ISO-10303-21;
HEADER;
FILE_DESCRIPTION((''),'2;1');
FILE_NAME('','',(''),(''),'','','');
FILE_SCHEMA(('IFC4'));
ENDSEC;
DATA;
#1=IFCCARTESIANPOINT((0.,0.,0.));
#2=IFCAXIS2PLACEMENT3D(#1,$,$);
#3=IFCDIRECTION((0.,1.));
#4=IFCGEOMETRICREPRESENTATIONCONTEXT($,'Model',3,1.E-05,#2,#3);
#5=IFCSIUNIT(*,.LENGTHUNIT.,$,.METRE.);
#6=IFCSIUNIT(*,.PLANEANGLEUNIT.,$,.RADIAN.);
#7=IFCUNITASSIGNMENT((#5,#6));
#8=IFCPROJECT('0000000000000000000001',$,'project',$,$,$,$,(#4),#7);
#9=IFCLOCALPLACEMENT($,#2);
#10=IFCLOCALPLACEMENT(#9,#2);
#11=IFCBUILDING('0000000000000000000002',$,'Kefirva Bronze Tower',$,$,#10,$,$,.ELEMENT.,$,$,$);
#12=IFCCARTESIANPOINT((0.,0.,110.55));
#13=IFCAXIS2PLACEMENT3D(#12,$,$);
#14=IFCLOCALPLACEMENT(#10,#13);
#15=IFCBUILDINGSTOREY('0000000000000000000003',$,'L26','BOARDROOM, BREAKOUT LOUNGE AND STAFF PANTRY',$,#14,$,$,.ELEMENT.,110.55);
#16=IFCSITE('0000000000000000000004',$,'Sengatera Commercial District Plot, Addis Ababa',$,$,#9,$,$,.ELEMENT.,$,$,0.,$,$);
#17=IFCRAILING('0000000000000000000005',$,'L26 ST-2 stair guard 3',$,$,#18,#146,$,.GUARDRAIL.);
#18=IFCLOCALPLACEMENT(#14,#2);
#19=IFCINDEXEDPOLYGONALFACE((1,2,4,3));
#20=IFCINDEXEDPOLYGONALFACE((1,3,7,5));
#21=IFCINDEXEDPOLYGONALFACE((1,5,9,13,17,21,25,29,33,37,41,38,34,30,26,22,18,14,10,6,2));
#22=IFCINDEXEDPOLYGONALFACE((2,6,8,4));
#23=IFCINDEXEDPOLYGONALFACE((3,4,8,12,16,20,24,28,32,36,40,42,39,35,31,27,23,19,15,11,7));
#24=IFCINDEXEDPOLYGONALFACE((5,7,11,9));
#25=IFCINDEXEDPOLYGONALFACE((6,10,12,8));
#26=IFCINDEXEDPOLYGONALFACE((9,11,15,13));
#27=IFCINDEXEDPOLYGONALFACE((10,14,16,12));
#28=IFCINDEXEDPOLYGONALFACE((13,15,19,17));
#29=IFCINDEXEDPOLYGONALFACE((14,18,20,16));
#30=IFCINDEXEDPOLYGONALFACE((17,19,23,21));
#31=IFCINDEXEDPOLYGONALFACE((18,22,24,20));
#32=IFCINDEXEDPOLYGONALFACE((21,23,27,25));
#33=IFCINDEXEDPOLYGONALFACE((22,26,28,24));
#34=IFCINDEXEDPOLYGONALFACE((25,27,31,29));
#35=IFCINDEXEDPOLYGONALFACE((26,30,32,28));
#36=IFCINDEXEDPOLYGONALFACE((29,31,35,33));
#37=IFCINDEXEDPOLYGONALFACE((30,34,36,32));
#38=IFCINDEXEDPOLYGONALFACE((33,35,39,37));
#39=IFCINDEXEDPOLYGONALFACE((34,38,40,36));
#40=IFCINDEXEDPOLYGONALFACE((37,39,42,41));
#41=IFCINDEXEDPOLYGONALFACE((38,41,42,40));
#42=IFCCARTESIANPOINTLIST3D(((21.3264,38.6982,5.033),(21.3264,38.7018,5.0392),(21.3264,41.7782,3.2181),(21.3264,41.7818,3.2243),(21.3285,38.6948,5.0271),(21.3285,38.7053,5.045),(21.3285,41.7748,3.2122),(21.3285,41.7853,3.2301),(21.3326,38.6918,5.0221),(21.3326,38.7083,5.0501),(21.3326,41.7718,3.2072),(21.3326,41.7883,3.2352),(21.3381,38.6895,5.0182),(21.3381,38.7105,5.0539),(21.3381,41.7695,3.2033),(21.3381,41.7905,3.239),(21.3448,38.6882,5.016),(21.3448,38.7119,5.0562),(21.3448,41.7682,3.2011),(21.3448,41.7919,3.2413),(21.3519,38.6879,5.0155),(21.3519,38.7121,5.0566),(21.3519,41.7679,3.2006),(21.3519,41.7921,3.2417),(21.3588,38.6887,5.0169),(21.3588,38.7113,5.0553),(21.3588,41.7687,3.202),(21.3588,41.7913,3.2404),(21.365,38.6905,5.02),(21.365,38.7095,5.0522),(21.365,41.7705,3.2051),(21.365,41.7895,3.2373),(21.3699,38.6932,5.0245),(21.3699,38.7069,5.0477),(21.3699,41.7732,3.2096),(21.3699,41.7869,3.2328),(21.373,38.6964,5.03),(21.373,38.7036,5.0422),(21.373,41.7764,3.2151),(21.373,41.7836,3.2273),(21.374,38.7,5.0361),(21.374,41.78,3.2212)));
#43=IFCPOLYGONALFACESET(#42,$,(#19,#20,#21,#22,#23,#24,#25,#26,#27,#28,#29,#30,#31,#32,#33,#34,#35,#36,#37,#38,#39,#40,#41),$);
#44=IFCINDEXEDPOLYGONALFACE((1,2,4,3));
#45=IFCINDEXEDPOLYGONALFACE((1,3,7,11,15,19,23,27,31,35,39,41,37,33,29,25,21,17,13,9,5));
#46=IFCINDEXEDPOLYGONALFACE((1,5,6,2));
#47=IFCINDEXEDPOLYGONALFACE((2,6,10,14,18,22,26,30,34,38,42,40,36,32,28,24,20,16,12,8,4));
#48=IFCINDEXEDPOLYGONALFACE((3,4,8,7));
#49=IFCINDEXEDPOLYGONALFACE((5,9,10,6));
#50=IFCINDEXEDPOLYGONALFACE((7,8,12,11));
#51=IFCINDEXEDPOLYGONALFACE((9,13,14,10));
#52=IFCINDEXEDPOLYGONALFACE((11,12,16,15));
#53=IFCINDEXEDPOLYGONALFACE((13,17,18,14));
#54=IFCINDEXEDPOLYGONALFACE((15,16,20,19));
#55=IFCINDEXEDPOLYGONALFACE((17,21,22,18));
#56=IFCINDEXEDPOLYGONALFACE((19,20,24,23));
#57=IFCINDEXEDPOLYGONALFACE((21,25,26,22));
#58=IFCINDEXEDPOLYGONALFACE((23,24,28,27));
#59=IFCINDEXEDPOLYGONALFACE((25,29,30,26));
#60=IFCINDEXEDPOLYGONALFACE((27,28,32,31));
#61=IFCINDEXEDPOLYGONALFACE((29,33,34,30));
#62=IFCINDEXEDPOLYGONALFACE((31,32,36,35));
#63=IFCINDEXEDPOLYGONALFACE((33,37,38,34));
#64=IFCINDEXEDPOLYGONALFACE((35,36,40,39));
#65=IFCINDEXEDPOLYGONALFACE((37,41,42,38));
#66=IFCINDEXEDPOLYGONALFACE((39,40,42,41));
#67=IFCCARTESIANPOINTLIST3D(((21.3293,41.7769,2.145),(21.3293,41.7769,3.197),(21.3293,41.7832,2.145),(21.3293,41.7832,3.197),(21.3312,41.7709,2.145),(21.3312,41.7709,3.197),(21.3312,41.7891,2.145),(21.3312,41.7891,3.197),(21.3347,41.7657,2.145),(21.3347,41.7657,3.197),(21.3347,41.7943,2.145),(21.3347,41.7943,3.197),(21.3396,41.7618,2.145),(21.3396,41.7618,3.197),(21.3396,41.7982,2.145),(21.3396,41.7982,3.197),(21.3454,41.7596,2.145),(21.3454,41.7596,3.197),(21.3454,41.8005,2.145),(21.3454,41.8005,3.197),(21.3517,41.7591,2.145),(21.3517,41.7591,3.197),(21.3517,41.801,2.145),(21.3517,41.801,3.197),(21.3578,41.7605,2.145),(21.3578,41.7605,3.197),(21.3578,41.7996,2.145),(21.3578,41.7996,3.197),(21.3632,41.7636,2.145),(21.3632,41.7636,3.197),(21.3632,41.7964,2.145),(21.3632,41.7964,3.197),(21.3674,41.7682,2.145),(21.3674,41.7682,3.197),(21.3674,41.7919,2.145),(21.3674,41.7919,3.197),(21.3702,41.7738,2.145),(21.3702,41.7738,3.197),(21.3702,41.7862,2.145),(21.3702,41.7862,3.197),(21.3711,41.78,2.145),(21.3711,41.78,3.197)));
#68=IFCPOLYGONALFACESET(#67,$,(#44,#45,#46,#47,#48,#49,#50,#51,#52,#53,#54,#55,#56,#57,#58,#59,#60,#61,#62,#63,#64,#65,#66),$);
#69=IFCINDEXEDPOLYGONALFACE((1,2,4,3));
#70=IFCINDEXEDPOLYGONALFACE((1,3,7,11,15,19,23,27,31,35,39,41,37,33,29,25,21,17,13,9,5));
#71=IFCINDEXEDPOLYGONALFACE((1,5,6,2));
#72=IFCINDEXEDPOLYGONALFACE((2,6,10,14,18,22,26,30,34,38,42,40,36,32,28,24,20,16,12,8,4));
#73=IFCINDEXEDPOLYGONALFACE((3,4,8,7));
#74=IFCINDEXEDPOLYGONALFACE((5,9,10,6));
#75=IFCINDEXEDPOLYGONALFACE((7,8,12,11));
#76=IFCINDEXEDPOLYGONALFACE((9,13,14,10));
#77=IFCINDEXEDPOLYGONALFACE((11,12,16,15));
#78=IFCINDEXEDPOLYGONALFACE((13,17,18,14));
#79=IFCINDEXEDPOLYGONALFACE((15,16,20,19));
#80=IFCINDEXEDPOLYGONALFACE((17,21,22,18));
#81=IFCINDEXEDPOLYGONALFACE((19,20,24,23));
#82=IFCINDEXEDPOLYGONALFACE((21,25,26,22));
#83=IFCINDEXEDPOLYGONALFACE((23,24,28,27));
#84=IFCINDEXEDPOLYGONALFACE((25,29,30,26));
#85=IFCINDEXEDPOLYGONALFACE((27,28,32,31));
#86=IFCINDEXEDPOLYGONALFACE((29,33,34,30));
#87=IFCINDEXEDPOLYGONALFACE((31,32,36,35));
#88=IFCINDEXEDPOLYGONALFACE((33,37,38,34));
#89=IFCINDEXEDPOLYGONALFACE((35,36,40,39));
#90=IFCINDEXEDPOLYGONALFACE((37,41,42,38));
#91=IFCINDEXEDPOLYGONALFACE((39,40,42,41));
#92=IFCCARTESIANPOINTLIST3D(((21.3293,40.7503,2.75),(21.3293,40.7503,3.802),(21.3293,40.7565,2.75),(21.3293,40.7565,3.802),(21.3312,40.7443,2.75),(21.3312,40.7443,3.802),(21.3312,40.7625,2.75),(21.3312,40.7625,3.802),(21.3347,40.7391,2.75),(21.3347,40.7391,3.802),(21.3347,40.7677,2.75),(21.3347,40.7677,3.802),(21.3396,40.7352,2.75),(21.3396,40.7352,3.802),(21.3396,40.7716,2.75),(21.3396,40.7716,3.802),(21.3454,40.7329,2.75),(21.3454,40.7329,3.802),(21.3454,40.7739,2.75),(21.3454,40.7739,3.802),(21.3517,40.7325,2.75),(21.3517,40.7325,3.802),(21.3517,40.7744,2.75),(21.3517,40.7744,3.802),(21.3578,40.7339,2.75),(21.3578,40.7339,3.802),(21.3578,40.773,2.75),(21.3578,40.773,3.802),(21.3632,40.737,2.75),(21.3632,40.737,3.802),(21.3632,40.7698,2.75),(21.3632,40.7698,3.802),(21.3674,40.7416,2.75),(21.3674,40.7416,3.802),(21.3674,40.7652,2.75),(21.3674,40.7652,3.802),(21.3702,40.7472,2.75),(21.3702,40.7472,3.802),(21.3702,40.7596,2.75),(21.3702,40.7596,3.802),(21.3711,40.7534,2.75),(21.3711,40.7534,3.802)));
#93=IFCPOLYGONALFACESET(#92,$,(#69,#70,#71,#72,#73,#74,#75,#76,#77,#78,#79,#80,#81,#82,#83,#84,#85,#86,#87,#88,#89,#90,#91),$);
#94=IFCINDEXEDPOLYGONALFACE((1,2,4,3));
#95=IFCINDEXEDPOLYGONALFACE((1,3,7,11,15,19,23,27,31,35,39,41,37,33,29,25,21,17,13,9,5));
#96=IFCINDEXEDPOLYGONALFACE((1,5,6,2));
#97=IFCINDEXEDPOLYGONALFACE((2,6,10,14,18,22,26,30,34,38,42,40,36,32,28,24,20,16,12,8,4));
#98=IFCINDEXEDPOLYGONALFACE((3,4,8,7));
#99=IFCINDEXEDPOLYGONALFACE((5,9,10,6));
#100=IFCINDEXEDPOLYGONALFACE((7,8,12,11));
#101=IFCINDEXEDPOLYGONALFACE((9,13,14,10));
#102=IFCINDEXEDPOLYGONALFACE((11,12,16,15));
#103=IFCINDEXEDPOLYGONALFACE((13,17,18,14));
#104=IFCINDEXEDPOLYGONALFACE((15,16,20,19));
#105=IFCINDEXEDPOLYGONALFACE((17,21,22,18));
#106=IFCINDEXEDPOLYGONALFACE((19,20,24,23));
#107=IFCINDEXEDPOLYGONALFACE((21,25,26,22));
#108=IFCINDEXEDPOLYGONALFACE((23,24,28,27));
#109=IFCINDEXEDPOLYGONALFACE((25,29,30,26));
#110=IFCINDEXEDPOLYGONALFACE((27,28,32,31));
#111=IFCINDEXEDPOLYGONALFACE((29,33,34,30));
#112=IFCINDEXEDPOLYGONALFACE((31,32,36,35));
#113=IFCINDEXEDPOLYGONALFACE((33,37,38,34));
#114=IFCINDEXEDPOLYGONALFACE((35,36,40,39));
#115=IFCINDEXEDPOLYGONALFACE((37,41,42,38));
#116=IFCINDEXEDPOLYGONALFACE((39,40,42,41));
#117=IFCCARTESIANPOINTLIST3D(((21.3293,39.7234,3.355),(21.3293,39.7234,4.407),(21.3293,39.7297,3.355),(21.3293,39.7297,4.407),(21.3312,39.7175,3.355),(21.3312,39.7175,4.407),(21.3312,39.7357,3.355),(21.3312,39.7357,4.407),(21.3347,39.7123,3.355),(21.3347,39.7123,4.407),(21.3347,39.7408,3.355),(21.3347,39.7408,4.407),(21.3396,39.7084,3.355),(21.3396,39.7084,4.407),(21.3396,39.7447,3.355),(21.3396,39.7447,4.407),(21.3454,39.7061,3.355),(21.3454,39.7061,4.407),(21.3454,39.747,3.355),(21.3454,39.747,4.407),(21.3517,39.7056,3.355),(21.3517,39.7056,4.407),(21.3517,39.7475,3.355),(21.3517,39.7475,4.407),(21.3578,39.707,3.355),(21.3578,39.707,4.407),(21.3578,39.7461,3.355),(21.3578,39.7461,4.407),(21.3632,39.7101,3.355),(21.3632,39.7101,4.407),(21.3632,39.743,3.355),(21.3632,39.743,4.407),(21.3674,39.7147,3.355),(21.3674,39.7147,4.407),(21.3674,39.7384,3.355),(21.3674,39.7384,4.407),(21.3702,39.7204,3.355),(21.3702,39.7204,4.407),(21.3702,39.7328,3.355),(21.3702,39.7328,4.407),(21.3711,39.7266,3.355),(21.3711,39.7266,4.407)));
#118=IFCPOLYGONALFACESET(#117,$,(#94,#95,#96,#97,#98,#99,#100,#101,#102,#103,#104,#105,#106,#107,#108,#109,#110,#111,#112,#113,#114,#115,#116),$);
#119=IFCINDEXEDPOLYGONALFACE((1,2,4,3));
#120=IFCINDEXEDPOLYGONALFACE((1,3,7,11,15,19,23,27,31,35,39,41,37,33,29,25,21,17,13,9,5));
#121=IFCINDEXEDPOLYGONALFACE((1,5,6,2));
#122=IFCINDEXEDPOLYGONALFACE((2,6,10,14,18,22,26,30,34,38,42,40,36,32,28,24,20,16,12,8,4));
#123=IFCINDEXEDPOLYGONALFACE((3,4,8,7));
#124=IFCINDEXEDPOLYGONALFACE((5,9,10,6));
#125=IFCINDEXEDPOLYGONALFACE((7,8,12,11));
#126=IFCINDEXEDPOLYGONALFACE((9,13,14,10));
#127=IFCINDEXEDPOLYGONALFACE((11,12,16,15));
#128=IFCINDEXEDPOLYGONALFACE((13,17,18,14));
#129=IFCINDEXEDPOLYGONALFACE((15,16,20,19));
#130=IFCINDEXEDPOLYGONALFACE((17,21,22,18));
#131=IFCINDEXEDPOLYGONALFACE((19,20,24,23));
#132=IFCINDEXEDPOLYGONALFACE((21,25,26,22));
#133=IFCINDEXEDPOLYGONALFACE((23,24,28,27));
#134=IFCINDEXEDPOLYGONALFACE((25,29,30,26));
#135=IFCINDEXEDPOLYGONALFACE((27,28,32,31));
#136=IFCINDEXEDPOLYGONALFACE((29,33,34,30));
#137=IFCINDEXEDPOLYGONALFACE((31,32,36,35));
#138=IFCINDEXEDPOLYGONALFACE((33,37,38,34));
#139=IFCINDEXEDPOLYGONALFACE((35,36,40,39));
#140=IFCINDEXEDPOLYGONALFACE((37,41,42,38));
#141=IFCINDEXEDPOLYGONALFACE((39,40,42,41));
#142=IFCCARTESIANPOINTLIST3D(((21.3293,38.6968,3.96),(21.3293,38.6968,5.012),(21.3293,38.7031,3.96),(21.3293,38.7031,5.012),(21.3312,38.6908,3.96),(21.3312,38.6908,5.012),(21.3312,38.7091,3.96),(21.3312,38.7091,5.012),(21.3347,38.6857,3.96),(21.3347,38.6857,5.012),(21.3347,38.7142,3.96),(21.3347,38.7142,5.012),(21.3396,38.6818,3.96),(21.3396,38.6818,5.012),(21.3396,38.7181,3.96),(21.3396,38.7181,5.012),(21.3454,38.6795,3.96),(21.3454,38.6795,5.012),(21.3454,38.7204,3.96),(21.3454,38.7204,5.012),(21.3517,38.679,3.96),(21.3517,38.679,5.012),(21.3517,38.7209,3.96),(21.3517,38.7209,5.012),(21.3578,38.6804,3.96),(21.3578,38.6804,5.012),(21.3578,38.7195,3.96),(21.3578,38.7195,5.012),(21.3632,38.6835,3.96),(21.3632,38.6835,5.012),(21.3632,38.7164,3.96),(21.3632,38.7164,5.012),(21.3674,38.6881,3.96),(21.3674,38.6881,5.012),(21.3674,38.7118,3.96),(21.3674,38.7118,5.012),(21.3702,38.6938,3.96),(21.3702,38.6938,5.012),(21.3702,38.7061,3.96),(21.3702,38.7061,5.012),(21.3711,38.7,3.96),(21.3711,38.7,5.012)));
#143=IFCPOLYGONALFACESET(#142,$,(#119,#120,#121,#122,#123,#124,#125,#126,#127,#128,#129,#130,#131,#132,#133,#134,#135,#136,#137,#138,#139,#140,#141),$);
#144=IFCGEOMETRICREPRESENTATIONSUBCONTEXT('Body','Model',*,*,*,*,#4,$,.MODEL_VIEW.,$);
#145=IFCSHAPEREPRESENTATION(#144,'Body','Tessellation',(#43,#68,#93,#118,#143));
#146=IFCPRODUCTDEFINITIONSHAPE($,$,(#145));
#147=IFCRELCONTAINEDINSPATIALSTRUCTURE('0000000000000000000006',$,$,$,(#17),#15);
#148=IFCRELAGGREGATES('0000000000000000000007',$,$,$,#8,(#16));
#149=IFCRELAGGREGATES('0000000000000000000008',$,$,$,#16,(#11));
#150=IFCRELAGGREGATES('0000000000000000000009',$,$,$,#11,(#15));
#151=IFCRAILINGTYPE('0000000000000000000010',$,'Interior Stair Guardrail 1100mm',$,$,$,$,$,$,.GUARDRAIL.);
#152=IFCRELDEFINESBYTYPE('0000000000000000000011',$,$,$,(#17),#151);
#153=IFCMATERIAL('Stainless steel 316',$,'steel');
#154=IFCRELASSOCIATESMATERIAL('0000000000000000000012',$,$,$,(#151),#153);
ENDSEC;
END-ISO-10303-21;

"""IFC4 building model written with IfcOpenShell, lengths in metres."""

from ifc_helpers import new_model, si_unit, direction, frame, origin, origin_2d, place, context, subcontext, project, spatial, circle, extrude, material, type_object, element, save


model = new_model("IFC4")

# Units and contexts
model_context = context("Model", 3, precision=1e-05, world=origin(), true_north=direction((0.0, 1.0)))
body_context = subcontext(model_context, "Body", "Model", "MODEL_VIEW")
ifc_project = project(units=[si_unit("LENGTHUNIT", "METRE"), si_unit("PLANEANGLEUNIT", "RADIAN")], contexts=[model_context])

# Site, building, storey
site_placement = place(None, origin())
site = spatial("IfcSite", under=ifc_project, at=site_placement, Name="Sengatera Commercial District Plot, Addis Ababa", CompositionType="ELEMENT", RefElevation=0.0)
building_placement = place(site_placement, origin())
building = spatial("IfcBuilding", under=site, at=building_placement, Name="Kefirva Bronze Tower", CompositionType="ELEMENT")
storey_placement = place(building_placement, frame((0.0, 0.0, 110.55)))
storey = spatial("IfcBuildingStorey", under=building, at=storey_placement, Name="L26", Description="BOARDROOM, BREAKOUT LOUNGE AND STAFF PANTRY", CompositionType="ELEMENT", Elevation=110.55)

# Railing
ifc_material_1 = material(Name="Stainless steel 316", Category="steel")
railing_type_1 = type_object("IfcRailingType", Name="Interior Stair Guardrail 1100mm", PredefinedType="GUARDRAIL", material=ifc_material_1)
railing_1_placement = place(storey_placement, frame((21.3501, 41.78, 2.145)))
element("IfcRailing", 1, at=railing_1_placement, inside=storey, type_object=railing_type_1, Name="L26 ST-2 stair guard 3", PredefinedType="GUARDRAIL", context=body_context, shape_type="SweptSolid", body=[
    extrude(circle(Radius=0.0239, at=origin_2d()), frame((0.0, 0.0, 1.0762), z_axis=(0.0, -0.861551, 0.507671), x_axis=(1.0, 0.0, 0.0)), (0.0, 0.0, 1.0), 3.575),
    extrude(circle(Radius=0.021, at=origin_2d()), origin(), (0.0, 0.0, 1.0), 1.052),
    extrude(circle(Radius=0.021, at=origin_2d()), frame((0.0, -1.0266, 0.605)), (0.0, 0.0, 1.0), 1.052),
    extrude(circle(Radius=0.021, at=origin_2d()), frame((0.0, -2.0535, 1.21)), (0.0, 0.0, 1.0), 1.052),
    extrude(circle(Radius=0.021, at=origin_2d()), frame((0.0, -3.0801, 1.8149)), (0.0, 0.0, 1.0), 1.052),
])

save(model, "model.ifc")
